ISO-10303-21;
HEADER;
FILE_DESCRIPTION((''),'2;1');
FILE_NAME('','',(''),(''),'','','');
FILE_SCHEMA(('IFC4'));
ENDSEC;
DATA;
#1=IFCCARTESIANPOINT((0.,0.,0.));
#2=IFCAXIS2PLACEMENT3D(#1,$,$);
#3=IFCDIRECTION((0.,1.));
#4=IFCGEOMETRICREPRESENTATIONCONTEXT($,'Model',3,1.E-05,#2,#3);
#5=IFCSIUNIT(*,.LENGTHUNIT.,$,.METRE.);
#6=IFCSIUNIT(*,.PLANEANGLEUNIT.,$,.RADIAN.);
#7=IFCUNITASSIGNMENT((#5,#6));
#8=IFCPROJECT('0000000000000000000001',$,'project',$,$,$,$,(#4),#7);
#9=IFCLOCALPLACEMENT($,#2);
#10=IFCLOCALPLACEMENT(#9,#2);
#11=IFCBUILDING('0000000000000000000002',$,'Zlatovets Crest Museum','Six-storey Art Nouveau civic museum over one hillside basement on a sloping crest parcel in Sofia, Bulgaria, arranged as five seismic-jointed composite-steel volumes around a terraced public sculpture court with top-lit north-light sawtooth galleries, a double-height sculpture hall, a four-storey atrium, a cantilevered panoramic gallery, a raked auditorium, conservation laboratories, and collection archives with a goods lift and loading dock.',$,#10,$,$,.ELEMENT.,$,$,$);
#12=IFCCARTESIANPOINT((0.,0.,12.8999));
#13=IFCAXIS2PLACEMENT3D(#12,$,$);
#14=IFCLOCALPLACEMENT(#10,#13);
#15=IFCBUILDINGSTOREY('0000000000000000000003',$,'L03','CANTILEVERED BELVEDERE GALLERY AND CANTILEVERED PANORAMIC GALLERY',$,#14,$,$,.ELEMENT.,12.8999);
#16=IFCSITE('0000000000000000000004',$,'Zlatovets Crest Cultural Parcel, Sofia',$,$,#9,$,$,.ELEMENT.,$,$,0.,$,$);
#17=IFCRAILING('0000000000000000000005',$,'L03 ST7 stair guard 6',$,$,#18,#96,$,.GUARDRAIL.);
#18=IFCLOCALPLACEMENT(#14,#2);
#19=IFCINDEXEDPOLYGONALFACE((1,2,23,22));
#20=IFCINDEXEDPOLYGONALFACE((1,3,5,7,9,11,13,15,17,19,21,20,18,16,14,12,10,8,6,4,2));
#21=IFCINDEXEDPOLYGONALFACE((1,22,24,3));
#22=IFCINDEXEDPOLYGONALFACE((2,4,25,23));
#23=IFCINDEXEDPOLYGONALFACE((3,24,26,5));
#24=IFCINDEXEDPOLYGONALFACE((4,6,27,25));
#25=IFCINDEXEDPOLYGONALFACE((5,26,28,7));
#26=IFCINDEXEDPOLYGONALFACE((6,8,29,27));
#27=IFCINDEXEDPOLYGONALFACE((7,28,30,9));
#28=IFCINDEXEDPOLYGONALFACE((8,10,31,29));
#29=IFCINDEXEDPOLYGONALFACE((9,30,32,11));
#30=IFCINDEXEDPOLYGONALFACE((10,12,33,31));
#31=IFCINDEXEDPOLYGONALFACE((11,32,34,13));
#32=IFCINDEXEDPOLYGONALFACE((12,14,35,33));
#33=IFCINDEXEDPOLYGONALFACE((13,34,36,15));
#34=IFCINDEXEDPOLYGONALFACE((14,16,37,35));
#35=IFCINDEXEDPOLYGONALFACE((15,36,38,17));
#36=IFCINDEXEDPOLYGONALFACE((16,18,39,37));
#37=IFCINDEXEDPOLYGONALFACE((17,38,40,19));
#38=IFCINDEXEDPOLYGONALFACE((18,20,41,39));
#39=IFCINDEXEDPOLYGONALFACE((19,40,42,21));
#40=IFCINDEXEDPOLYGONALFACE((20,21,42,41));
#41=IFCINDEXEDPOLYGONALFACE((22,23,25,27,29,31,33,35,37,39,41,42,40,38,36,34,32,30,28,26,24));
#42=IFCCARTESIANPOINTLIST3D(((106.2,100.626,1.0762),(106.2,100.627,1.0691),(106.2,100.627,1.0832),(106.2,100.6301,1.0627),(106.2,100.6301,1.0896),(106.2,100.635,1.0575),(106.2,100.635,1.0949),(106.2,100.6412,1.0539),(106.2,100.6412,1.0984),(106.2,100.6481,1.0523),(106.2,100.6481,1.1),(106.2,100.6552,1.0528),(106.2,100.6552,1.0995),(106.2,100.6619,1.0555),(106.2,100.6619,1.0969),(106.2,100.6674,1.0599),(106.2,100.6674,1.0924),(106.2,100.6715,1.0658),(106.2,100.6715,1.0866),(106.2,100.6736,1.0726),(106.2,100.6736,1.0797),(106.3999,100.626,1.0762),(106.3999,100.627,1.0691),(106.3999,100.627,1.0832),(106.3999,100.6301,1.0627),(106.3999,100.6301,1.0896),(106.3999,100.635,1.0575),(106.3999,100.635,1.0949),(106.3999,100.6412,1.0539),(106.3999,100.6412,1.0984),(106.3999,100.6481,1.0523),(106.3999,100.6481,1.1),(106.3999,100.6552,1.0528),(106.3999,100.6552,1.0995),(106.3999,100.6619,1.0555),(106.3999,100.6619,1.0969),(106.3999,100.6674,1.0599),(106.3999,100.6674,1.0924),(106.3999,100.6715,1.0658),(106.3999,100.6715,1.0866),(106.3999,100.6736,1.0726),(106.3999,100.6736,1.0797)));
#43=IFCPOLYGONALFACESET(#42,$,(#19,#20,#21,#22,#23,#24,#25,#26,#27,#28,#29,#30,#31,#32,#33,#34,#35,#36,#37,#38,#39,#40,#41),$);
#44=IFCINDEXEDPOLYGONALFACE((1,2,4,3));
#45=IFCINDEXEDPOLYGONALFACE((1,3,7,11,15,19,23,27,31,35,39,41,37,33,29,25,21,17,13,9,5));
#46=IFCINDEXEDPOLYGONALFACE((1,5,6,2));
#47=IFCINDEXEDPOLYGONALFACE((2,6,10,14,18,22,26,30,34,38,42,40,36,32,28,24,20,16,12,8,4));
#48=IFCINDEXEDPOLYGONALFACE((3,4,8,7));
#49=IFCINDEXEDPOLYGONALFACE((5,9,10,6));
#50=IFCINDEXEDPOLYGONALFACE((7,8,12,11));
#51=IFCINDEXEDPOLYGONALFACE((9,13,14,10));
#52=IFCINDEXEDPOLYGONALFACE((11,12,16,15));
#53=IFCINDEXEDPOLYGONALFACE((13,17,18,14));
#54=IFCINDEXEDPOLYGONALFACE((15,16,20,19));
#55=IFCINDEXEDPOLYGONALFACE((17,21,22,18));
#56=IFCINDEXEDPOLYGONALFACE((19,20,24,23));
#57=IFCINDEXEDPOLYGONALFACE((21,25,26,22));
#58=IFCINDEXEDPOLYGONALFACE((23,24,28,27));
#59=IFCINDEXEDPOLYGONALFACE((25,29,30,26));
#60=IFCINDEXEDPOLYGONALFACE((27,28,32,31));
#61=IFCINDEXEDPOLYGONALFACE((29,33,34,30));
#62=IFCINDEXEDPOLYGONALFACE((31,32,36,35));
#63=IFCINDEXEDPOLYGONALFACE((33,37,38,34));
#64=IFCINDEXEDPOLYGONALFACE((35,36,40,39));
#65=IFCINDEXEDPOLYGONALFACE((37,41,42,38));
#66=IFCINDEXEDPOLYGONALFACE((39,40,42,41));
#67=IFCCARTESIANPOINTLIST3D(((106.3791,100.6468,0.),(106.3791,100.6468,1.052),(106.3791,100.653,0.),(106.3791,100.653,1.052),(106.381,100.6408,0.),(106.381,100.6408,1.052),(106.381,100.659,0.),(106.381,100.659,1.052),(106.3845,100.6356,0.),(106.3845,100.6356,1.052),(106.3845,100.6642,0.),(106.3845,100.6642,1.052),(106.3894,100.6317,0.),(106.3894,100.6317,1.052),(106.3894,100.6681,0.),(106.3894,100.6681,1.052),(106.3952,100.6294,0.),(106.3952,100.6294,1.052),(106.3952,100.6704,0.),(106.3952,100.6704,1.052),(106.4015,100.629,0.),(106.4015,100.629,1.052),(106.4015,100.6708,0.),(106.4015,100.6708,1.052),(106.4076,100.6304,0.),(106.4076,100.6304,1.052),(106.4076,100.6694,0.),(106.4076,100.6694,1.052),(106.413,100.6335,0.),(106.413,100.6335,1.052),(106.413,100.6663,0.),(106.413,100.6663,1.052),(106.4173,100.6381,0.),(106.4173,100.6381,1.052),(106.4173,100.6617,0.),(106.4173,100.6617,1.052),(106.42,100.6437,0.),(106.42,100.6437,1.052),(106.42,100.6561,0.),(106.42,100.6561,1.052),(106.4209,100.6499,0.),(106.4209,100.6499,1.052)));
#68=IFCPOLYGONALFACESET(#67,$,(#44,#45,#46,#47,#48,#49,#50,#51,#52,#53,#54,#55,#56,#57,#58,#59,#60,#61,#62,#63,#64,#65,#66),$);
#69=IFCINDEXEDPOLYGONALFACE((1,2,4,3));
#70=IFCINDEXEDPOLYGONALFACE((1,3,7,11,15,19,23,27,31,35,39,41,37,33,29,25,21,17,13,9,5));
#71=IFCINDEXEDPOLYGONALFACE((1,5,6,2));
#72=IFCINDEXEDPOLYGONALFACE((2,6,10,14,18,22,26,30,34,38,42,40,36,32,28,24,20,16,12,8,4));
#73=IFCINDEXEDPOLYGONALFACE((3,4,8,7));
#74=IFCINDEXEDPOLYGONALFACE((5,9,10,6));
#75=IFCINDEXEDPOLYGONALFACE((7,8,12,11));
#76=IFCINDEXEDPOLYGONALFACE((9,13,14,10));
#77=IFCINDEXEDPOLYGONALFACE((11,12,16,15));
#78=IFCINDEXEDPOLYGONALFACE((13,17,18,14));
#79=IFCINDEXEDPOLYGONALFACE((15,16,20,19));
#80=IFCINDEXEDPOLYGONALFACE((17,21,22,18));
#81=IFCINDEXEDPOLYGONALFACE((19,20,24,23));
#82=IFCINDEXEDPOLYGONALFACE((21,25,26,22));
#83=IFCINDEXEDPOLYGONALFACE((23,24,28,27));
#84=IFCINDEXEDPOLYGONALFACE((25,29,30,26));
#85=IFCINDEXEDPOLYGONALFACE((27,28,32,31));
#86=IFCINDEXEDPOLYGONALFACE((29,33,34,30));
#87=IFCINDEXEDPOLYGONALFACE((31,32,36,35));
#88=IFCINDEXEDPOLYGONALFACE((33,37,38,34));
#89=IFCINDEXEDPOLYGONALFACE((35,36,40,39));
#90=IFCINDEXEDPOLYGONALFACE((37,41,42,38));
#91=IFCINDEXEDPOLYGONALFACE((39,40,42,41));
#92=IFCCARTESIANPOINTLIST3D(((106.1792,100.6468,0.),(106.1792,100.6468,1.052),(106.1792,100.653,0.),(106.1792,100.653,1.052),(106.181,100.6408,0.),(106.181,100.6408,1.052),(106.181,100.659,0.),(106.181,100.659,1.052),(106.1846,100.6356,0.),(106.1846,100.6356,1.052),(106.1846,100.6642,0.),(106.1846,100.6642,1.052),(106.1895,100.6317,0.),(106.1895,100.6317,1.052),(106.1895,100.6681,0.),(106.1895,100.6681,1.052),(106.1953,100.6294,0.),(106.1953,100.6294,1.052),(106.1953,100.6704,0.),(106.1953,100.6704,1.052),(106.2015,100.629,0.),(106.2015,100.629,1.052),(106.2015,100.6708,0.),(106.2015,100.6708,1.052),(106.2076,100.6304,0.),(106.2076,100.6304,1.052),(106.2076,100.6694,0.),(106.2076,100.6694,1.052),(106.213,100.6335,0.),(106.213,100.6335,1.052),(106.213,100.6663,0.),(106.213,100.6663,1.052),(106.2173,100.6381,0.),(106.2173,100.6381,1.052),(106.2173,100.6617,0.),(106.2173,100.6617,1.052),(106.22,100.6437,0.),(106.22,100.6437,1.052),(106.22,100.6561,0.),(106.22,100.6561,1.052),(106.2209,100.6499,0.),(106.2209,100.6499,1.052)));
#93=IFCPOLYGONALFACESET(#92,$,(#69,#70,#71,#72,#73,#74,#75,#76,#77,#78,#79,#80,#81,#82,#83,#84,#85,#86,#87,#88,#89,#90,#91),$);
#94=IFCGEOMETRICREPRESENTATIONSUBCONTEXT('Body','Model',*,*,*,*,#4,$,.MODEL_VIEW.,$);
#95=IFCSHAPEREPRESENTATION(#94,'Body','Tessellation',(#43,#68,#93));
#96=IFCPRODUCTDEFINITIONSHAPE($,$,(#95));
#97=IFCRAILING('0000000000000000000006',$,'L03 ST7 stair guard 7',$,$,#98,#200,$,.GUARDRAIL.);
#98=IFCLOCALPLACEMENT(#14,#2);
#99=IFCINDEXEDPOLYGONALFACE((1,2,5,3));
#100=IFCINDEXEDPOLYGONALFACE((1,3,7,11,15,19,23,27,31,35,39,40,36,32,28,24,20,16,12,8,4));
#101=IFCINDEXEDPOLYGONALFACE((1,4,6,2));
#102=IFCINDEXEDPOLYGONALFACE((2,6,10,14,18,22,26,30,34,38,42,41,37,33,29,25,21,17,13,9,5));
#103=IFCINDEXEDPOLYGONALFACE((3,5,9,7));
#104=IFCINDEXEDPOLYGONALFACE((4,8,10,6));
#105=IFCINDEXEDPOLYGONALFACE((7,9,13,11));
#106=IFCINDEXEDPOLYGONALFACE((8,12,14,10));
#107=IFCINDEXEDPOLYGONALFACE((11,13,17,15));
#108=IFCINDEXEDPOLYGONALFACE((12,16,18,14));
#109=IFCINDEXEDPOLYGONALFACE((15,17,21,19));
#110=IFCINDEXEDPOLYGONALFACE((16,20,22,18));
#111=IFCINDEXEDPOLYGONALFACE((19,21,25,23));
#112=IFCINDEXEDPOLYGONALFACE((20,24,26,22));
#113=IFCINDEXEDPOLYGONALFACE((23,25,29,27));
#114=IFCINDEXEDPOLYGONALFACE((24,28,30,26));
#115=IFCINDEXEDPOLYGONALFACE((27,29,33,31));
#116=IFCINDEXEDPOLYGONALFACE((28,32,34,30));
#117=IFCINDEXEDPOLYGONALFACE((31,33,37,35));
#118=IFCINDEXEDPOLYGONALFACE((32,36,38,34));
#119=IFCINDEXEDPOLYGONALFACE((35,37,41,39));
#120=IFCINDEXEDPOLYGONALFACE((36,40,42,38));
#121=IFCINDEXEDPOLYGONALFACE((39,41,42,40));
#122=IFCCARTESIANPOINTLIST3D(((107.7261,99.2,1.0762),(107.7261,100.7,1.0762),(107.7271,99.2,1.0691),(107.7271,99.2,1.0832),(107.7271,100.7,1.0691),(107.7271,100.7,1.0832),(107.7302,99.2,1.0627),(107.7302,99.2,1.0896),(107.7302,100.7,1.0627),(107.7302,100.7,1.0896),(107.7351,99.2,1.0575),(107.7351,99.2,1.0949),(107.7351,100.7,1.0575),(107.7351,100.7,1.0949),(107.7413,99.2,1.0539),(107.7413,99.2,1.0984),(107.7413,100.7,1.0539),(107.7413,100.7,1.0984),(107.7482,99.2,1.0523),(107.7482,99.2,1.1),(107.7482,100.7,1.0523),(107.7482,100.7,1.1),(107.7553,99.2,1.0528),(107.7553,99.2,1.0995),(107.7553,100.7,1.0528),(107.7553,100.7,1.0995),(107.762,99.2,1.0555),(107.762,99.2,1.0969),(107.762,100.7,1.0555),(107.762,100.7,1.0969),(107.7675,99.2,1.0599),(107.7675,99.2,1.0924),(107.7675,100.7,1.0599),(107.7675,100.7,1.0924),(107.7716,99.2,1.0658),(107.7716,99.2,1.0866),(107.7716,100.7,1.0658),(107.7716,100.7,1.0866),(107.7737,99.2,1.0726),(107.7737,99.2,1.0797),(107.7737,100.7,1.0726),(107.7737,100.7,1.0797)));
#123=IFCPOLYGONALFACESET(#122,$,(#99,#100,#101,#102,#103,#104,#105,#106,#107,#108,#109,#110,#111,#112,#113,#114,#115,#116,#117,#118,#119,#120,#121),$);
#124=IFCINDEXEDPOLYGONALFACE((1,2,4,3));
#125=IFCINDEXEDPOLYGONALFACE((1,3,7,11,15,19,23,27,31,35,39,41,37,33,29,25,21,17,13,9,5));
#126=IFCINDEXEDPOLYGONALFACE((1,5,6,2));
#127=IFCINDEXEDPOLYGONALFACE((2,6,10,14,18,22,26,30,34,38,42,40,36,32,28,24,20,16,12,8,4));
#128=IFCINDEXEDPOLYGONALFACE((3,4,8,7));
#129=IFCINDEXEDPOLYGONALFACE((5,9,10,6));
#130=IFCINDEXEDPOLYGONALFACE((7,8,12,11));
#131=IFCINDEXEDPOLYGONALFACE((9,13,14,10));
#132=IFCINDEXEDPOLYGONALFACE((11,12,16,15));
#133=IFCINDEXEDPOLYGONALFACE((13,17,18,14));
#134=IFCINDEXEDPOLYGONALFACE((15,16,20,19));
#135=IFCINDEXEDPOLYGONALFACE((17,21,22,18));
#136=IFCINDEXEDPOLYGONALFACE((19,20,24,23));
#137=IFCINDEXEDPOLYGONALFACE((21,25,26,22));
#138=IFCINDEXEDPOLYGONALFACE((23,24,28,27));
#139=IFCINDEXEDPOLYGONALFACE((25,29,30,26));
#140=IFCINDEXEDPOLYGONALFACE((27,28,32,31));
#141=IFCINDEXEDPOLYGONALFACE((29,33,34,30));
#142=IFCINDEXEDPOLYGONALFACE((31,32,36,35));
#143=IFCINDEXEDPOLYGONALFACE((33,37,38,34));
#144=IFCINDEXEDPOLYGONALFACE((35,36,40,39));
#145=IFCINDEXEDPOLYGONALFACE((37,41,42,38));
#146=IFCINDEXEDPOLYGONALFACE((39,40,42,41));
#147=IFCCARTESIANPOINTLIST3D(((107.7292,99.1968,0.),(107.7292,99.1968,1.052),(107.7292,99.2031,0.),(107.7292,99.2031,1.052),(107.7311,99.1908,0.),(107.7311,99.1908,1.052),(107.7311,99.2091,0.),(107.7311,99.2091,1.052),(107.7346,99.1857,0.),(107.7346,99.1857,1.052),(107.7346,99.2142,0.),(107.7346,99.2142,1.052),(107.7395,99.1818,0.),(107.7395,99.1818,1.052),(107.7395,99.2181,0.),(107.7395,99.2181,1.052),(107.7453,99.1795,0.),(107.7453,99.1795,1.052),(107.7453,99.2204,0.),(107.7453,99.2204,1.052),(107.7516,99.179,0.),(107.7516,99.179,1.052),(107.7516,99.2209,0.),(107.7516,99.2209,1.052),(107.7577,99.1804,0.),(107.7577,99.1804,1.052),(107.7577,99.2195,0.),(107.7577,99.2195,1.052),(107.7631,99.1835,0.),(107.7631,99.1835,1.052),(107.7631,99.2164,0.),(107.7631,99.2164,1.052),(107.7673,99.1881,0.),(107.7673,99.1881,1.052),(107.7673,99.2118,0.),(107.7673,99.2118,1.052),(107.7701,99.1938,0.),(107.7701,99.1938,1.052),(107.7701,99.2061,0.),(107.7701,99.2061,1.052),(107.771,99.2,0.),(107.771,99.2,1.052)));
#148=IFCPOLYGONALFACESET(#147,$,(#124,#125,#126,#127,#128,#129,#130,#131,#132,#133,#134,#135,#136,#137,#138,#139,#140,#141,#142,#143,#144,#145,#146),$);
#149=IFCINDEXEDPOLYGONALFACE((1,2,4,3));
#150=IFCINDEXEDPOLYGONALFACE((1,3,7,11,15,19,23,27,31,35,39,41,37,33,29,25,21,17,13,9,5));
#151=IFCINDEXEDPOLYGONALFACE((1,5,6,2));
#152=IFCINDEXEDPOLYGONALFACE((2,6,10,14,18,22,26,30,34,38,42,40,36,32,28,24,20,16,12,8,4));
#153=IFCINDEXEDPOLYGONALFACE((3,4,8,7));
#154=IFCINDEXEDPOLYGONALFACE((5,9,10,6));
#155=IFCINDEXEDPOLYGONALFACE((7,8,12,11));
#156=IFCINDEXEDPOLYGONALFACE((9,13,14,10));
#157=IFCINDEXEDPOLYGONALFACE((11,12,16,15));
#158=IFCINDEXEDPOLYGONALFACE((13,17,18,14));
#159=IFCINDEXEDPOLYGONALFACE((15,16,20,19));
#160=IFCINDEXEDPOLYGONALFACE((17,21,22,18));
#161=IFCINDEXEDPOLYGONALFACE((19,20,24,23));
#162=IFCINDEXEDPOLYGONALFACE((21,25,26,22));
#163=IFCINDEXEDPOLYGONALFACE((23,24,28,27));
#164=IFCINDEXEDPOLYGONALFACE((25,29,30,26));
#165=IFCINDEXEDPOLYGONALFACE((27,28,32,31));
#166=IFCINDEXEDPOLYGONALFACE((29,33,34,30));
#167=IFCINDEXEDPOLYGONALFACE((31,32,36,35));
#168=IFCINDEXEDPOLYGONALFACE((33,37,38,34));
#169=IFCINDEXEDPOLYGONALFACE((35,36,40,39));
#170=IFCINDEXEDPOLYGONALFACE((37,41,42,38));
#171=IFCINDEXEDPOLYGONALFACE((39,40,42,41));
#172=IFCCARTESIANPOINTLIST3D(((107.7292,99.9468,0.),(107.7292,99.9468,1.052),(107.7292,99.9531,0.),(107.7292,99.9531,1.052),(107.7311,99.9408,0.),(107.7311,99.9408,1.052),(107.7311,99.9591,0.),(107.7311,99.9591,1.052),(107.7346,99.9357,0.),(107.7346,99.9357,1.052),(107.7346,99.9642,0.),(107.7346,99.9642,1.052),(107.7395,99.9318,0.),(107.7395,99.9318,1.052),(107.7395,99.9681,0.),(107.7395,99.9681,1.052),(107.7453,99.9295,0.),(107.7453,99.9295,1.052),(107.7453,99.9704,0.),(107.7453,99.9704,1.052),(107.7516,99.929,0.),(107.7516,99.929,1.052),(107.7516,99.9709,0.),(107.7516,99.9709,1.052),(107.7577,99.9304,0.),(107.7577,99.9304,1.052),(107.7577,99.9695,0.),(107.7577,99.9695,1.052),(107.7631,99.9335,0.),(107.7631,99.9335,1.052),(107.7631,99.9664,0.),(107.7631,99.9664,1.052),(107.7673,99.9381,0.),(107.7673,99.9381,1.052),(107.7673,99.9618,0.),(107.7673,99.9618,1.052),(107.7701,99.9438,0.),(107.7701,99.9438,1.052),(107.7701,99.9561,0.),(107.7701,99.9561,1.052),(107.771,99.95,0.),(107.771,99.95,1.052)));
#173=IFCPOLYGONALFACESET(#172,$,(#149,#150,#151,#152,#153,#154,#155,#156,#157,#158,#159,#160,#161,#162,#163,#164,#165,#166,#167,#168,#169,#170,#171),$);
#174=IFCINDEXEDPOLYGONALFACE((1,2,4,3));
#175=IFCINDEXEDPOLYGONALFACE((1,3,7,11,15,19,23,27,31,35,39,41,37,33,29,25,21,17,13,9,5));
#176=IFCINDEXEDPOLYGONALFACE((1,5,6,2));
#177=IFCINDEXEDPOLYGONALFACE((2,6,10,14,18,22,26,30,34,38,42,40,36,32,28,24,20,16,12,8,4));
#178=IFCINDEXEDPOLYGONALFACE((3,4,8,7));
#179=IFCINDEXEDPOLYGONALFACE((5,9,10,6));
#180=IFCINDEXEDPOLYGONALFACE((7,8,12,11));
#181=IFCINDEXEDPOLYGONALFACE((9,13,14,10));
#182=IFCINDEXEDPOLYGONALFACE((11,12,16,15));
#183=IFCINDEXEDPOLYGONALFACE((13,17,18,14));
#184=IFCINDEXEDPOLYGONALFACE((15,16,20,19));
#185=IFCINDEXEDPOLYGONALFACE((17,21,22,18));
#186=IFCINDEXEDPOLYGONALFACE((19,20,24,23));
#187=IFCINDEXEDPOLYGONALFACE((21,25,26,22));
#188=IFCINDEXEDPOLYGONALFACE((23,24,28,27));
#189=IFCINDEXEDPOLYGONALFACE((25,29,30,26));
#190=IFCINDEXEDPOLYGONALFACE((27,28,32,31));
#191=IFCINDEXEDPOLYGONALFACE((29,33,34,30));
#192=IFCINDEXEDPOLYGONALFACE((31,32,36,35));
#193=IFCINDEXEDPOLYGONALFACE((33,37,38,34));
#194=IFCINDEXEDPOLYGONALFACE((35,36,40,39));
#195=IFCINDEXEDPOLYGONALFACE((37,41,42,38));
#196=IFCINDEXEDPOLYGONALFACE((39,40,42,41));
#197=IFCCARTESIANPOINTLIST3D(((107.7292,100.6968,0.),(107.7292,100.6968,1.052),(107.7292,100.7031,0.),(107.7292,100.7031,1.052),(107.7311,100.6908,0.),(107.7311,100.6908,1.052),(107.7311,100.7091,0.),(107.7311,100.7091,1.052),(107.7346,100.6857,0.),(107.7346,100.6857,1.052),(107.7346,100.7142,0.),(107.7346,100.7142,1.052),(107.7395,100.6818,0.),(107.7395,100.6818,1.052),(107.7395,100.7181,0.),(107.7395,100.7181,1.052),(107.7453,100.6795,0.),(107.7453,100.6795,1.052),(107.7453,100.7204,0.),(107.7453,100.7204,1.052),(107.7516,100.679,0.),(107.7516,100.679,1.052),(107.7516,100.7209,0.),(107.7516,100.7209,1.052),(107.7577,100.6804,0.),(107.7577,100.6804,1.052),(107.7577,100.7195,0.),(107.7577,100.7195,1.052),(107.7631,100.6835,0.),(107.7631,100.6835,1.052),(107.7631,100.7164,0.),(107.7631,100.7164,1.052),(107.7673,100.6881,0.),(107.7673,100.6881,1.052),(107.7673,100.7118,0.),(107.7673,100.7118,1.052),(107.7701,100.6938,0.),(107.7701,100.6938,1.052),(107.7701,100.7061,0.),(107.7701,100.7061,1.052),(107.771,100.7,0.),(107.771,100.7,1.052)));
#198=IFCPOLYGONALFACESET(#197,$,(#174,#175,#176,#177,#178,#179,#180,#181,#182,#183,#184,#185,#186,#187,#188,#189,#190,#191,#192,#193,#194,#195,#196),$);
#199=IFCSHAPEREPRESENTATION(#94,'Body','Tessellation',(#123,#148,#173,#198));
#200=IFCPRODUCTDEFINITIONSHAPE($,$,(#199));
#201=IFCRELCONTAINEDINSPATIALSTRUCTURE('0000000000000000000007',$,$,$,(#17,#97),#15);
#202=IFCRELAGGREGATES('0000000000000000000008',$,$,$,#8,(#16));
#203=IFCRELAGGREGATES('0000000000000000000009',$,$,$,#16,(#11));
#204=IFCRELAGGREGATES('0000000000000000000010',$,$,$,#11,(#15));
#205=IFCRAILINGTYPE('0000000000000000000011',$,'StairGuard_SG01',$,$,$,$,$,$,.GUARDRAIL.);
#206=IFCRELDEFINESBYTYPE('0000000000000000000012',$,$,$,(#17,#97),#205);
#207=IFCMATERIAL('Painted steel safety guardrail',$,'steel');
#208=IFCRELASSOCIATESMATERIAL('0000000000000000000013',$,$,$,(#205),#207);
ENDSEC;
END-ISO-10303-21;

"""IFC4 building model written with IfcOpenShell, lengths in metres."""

from ifc_helpers import new_model, si_unit, direction, frame, origin, origin_2d, place, context, subcontext, project, spatial, circle, extrude, material, type_object, element, save


model = new_model("IFC4")

# Units and contexts
model_context = context("Model", 3, precision=1e-05, world=origin(), true_north=direction((0.0, 1.0)))
body_context = subcontext(model_context, "Body", "Model", "MODEL_VIEW")
ifc_project = project(units=[si_unit("LENGTHUNIT", "METRE"), si_unit("PLANEANGLEUNIT", "RADIAN")], contexts=[model_context])

# Site, building, storey
site_placement = place(None, origin())
site = spatial("IfcSite", under=ifc_project, at=site_placement, Name="Zlatovets Crest Cultural Parcel, Sofia", CompositionType="ELEMENT", RefElevation=0.0)
building_placement = place(site_placement, origin())
building = spatial("IfcBuilding", under=site, at=building_placement, Name="Zlatovets Crest Museum", Description="Six-storey Art Nouveau civic museum over one hillside basement on a sloping crest parcel in Sofia, Bulgaria, arranged as five seismic-jointed composite-steel volumes around a terraced public sculpture court with top-lit north-light sawtooth galleries, a double-height sculpture hall, a four-storey atrium, a cantilevered panoramic gallery, a raked auditorium, conservation laboratories, and collection archives with a goods lift and loading dock.", CompositionType="ELEMENT")
storey_placement = place(building_placement, frame((0.0, 0.0, 12.8999)))
storey = spatial("IfcBuildingStorey", under=building, at=storey_placement, Name="L03", Description="CANTILEVERED BELVEDERE GALLERY AND CANTILEVERED PANORAMIC GALLERY", CompositionType="ELEMENT", Elevation=12.8999)

# Railings
ifc_material_1 = material(Name="Painted steel safety guardrail", Category="steel")
railing_type_1 = type_object("IfcRailingType", Name="StairGuard_SG01", PredefinedType="GUARDRAIL", material=ifc_material_1)
railing_1_placement = place(storey_placement, frame((106.3999, 100.6499, 0.0)))
element("IfcRailing", 1, at=railing_1_placement, inside=storey, type_object=railing_type_1, Name="L03 ST7 stair guard 6", PredefinedType="GUARDRAIL", context=body_context, shape_type="SweptSolid", body=[
    extrude(circle(Radius=0.0239, at=origin_2d()), frame((0.0, 0.0, 1.0762), z_axis=(-1.0, 0.0, 0.0), x_axis=(0.0, -1.0, 0.0)), (0.0, 0.0, 1.0), 0.2),
    extrude(circle(Radius=0.021, at=origin_2d()), origin(), (0.0, 0.0, 1.0), 1.052),
    extrude(circle(Radius=0.021, at=origin_2d()), frame((-0.2, 0.0, 0.0)), (0.0, 0.0, 1.0), 1.052),
])
railing_2_placement = place(storey_placement, frame((107.75, 99.2, 0.0)))
element("IfcRailing", 2, at=railing_2_placement, inside=storey, type_object=railing_type_1, Name="L03 ST7 stair guard 7", PredefinedType="GUARDRAIL", context=body_context, shape_type="SweptSolid", body=[
    extrude(circle(Radius=0.0239, at=origin_2d()), frame((0.0, 0.0, 1.0762), z_axis=(0.0, 1.0, 0.0), x_axis=(-1.0, 0.0, 0.0)), (0.0, 0.0, 1.0), 1.5),
    extrude(circle(Radius=0.021, at=origin_2d()), origin(), (0.0, 0.0, 1.0), 1.052),
    extrude(circle(Radius=0.021, at=origin_2d()), frame((0.0, 0.75, 0.0)), (0.0, 0.0, 1.0), 1.052),
    extrude(circle(Radius=0.021, at=origin_2d()), frame((0.0, 1.5, 0.0)), (0.0, 0.0, 1.0), 1.052),
])

save(model, "model.ifc")
